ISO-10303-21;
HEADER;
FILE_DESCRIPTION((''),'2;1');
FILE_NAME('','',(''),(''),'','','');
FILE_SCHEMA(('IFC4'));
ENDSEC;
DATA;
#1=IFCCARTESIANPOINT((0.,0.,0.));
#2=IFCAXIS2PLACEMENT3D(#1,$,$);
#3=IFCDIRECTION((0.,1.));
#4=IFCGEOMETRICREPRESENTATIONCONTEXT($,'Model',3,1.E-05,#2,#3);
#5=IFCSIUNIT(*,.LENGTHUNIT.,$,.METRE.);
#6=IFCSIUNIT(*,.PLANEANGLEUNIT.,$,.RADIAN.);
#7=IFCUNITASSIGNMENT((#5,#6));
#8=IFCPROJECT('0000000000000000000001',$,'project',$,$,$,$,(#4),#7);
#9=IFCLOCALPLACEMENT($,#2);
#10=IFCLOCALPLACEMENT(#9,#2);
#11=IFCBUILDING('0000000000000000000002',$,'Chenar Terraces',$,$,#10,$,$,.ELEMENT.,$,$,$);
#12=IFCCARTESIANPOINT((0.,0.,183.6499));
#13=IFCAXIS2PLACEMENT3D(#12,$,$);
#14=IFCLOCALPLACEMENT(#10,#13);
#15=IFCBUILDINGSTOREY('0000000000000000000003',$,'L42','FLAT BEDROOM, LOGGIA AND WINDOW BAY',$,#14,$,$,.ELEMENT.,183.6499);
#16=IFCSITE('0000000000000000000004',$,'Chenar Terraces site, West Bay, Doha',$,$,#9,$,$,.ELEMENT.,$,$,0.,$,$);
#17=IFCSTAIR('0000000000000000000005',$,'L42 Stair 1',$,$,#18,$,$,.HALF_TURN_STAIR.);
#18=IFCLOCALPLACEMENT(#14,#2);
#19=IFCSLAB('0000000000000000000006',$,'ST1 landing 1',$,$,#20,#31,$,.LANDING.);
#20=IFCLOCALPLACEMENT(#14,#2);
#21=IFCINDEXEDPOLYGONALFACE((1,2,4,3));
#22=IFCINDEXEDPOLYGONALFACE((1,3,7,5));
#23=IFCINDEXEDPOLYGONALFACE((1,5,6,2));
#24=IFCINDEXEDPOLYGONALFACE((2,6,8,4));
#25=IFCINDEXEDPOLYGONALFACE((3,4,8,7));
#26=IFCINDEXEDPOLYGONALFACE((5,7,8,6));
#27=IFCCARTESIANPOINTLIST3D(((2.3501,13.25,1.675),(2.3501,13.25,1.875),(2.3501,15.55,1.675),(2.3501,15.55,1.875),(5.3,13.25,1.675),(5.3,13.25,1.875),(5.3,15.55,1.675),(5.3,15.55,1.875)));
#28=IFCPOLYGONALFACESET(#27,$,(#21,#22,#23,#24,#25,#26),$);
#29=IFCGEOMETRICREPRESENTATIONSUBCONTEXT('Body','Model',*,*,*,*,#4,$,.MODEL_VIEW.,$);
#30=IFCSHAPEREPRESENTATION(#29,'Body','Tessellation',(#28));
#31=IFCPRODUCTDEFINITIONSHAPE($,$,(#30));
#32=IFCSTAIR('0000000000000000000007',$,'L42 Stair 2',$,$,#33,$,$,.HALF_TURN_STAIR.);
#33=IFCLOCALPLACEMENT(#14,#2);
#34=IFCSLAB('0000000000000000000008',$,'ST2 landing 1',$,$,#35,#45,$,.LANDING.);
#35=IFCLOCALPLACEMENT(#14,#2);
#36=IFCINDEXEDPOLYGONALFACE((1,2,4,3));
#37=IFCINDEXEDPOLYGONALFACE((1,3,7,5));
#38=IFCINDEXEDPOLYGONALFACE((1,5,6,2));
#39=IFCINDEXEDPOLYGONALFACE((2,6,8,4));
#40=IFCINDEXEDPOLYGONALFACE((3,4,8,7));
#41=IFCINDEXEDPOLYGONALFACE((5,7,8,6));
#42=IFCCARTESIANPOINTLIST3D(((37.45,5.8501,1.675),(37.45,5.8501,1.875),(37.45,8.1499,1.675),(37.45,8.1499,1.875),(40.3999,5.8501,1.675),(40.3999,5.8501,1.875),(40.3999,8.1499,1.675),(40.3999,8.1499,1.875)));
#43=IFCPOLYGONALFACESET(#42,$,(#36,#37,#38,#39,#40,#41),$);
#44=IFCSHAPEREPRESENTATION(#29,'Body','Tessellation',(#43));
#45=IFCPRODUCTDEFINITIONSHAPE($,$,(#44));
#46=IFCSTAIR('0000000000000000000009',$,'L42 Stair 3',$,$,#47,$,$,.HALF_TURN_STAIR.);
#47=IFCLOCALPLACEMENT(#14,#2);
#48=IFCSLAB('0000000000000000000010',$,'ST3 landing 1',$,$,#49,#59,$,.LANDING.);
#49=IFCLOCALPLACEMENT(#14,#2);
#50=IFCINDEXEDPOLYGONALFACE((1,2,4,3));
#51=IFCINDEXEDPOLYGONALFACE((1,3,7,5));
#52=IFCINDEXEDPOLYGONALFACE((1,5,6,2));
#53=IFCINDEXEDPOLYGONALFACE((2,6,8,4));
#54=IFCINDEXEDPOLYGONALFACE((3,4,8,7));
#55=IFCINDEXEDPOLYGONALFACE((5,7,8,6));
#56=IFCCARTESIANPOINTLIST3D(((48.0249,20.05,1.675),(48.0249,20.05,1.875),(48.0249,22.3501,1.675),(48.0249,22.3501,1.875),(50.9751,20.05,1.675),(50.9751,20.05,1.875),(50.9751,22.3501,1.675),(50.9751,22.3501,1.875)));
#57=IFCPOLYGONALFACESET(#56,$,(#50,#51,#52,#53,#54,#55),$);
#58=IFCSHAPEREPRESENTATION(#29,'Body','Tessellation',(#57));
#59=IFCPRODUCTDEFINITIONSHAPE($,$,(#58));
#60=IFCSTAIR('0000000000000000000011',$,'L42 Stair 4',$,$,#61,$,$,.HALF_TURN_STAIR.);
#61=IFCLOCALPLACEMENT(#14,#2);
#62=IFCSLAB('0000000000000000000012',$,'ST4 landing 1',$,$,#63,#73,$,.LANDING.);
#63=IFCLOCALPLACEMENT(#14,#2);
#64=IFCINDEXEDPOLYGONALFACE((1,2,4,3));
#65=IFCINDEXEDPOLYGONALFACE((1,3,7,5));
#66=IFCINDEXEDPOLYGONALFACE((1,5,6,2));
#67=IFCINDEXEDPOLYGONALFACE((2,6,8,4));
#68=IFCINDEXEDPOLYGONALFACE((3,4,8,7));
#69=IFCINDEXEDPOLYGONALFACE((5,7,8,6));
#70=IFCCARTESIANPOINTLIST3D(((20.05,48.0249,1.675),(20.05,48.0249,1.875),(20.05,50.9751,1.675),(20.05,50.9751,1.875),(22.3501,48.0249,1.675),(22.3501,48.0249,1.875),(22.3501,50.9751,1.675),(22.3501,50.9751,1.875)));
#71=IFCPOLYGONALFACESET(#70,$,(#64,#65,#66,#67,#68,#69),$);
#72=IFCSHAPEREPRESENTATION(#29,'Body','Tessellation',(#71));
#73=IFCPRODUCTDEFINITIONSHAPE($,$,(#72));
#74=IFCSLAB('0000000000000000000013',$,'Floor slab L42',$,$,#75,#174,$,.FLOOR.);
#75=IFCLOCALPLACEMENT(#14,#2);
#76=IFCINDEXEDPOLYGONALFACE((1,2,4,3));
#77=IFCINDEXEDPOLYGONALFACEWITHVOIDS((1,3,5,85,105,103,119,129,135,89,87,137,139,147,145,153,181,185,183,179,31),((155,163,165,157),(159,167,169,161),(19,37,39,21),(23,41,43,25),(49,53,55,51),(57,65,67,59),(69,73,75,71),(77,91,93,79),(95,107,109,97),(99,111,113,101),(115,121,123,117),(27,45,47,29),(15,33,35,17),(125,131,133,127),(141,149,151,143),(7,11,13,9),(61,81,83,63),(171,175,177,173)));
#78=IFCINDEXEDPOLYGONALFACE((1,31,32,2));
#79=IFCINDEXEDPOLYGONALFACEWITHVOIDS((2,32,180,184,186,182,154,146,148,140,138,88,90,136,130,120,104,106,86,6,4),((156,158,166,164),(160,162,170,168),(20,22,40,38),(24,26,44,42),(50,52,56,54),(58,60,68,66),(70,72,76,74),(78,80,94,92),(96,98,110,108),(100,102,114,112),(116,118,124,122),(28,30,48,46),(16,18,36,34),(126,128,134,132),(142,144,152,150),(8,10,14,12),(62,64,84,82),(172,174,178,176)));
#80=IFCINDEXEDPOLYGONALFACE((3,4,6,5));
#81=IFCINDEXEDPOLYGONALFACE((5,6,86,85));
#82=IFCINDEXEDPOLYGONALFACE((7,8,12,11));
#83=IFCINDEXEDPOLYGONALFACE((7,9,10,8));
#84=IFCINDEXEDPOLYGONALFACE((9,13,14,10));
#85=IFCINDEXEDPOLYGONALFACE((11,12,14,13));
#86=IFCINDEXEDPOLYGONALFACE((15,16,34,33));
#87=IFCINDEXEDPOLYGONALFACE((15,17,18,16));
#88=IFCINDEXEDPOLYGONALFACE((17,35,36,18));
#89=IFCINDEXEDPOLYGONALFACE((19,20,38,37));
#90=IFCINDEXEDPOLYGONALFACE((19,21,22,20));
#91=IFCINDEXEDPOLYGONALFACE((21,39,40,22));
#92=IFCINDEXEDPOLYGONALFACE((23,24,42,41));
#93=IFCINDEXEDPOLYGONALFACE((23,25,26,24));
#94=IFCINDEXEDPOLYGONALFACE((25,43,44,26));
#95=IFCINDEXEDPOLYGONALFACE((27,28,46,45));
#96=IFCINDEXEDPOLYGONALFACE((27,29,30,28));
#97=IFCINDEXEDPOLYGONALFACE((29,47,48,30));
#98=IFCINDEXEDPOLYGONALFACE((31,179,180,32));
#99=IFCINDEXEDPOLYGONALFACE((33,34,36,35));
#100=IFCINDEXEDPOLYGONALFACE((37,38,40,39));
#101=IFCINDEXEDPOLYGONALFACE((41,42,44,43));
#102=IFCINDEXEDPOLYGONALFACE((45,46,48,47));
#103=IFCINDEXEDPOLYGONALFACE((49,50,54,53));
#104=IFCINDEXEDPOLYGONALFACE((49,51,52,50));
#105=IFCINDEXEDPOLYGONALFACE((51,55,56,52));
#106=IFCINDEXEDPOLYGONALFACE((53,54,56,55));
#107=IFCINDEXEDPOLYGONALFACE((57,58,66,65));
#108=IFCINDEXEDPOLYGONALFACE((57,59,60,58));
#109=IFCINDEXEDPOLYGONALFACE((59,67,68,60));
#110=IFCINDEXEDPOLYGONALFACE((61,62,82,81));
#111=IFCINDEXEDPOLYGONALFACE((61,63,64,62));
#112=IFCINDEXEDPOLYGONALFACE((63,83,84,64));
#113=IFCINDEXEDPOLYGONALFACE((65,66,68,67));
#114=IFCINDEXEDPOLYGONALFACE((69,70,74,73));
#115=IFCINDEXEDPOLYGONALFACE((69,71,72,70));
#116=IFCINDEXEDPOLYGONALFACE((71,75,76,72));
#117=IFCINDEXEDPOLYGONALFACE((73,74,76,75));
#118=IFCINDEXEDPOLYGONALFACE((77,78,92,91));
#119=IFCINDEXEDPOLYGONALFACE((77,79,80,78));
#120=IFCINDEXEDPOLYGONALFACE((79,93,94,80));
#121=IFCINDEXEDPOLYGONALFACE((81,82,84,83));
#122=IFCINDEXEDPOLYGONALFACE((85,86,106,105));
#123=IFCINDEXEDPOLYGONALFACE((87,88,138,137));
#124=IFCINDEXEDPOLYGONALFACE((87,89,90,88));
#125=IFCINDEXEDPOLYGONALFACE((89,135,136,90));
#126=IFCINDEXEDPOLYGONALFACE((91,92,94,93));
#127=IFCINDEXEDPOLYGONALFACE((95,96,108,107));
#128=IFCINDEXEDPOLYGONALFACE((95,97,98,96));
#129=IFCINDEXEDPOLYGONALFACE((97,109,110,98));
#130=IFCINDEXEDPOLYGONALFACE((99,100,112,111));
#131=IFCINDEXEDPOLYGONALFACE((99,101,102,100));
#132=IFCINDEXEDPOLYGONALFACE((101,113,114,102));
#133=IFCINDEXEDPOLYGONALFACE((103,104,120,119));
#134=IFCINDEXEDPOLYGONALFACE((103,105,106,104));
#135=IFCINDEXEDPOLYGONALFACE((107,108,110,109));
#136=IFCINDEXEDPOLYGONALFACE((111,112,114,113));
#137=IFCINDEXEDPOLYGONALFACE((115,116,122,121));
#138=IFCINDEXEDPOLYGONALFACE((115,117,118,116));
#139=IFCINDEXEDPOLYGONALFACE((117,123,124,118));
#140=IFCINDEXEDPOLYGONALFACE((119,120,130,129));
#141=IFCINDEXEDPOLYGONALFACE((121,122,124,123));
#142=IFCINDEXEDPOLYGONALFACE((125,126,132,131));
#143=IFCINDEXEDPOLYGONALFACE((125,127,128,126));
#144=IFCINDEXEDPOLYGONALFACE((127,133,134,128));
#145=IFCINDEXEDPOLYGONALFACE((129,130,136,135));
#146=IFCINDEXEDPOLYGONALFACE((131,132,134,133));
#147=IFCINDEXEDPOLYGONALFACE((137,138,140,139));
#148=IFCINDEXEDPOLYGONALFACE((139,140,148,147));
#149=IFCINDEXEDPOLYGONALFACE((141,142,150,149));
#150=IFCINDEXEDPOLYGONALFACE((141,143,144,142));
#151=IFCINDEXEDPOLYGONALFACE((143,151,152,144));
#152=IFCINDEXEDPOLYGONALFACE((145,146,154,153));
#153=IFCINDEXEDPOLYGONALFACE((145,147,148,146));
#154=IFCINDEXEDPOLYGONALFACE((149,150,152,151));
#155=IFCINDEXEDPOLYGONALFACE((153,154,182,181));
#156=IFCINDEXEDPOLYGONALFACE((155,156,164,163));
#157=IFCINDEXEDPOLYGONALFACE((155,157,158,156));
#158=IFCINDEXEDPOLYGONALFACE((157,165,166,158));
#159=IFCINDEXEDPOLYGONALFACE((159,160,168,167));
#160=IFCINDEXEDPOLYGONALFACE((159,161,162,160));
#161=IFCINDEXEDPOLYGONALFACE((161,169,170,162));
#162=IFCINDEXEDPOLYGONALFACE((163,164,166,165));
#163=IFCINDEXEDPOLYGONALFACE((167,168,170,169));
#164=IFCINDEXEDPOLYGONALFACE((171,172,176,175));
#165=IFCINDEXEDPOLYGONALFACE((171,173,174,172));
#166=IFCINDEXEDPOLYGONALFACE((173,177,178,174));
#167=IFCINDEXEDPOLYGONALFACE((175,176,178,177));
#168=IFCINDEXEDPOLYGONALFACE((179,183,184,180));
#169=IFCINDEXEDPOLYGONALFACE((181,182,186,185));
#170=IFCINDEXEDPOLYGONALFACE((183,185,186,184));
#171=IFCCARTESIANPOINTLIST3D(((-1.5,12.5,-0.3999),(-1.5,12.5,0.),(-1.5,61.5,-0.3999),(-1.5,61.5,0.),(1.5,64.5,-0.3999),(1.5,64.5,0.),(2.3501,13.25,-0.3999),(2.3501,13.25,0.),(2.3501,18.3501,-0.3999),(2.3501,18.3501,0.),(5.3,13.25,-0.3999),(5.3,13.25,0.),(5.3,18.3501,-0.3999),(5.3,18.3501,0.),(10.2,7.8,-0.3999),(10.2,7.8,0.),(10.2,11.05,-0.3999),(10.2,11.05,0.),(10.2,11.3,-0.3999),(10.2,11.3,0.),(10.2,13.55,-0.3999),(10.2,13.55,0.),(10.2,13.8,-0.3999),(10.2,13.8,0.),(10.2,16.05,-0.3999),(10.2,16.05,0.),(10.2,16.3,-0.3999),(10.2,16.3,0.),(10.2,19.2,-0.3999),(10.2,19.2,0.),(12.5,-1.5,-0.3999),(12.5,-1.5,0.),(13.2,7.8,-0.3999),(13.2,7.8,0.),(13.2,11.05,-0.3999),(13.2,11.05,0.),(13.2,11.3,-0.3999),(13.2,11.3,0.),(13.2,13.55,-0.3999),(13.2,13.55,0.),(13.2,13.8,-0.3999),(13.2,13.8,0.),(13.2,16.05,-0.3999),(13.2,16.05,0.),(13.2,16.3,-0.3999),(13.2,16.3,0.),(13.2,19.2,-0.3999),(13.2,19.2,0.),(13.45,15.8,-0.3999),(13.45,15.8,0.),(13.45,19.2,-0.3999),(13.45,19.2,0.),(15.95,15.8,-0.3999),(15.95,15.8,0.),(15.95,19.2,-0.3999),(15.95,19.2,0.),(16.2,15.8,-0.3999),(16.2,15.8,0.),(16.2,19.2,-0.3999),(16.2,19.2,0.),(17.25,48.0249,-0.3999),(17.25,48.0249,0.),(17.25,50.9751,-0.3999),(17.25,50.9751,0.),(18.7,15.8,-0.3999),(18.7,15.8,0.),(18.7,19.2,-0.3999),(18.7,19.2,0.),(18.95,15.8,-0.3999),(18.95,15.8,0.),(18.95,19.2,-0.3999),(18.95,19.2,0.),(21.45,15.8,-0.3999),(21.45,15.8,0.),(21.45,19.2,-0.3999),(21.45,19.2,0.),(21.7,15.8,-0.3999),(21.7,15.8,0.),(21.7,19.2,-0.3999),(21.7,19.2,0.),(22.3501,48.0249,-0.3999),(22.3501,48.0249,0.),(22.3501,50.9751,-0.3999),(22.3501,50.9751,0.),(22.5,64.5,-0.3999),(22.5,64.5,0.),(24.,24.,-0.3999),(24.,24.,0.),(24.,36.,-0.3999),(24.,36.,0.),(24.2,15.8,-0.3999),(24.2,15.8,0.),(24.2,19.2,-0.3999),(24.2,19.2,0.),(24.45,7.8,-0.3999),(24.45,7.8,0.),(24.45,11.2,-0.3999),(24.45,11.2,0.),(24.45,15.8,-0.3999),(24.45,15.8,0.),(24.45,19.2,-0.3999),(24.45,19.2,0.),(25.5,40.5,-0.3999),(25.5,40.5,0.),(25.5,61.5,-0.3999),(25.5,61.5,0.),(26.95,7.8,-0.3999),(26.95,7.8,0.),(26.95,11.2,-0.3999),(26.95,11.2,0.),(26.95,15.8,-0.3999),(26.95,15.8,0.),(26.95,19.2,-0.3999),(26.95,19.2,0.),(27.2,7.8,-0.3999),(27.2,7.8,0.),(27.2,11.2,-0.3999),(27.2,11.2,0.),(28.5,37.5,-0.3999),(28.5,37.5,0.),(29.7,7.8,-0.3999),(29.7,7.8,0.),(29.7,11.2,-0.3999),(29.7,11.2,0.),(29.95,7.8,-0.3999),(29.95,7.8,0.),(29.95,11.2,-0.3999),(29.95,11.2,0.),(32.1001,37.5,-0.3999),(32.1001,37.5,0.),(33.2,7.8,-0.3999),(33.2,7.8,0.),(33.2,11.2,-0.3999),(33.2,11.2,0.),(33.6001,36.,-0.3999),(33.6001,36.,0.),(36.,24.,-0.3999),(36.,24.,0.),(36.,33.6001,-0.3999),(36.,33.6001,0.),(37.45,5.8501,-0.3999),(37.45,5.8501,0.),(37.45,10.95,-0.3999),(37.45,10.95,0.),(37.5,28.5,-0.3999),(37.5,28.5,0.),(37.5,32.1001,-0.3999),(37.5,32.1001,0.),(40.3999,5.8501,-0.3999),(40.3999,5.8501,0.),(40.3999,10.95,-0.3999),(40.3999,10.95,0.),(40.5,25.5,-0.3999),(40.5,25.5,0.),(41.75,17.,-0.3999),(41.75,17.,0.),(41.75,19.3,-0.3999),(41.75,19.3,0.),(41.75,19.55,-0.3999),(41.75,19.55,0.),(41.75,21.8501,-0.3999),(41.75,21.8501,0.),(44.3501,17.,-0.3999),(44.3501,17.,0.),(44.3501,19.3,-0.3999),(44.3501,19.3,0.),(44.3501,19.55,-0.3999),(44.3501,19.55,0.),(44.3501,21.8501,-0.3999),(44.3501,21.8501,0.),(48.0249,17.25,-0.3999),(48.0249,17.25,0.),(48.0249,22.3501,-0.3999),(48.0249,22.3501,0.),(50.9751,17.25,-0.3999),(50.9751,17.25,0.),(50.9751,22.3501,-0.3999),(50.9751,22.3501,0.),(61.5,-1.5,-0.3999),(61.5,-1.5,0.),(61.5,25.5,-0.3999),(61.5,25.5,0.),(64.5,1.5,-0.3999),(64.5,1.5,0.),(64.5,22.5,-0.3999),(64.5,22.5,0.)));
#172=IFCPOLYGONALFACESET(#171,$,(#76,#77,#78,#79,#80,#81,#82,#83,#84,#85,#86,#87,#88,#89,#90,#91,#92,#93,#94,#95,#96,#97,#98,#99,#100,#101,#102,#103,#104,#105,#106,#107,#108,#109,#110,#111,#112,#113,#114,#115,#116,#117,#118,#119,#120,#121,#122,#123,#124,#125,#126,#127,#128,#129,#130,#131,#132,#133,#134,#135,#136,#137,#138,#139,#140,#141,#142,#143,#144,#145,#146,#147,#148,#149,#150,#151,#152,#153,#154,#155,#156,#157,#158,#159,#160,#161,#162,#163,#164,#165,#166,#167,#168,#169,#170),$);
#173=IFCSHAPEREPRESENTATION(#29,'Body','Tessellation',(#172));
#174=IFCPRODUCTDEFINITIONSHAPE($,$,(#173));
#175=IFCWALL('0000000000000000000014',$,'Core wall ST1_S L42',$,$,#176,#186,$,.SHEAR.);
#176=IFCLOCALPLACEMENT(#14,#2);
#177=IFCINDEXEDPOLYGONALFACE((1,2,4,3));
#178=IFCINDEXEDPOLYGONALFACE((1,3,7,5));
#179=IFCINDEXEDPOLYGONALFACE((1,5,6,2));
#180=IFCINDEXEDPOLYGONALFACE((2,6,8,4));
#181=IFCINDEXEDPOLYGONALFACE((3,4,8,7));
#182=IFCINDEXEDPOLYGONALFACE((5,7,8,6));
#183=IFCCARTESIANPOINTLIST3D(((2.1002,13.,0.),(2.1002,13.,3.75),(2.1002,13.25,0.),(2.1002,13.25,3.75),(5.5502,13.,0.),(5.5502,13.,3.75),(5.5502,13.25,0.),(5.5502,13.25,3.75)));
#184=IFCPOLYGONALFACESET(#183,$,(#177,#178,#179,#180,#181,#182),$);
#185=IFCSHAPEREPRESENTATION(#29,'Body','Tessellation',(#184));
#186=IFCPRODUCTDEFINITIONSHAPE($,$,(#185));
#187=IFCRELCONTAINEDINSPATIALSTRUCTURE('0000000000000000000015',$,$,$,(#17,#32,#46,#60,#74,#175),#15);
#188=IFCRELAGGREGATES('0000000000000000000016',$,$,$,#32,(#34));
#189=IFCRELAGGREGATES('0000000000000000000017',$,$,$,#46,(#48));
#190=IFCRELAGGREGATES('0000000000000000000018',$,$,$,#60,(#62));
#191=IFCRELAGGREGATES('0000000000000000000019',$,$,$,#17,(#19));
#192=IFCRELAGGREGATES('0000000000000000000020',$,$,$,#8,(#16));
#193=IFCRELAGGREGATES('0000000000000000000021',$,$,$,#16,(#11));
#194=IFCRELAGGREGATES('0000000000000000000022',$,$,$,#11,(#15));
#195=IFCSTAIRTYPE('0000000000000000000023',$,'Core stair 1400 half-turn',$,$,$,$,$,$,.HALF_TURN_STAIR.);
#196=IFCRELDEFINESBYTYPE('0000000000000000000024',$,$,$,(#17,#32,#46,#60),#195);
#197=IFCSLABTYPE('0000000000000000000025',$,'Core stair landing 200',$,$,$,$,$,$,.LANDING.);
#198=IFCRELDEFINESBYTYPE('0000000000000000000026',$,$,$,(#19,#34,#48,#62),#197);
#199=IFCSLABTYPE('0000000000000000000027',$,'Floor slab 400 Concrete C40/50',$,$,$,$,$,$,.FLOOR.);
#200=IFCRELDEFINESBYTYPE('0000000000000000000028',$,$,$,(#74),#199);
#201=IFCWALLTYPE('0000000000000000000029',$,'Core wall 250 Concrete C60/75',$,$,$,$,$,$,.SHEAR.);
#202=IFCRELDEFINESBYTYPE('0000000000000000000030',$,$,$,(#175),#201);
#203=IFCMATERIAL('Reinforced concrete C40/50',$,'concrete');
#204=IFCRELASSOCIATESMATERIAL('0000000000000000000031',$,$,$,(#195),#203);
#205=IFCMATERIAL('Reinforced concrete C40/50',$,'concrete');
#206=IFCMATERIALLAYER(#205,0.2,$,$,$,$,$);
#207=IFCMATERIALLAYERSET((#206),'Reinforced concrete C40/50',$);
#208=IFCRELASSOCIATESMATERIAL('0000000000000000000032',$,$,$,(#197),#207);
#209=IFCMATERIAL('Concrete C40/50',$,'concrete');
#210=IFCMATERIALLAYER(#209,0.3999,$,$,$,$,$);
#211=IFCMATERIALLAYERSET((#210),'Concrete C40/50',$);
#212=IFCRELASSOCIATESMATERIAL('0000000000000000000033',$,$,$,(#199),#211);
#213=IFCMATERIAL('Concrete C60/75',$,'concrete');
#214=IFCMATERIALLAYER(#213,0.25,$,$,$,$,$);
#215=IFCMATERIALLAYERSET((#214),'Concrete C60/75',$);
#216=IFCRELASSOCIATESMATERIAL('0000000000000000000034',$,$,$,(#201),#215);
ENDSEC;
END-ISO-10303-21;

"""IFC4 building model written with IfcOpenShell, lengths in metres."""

from ifc_helpers import new_model, si_unit, direction, frame, frame_2d, origin, place, context, subcontext, project, spatial, polyline, rectangle, outline, extrude, material, layer, layer_set, type_object, element, aggregate, save


model = new_model("IFC4")

# Units and contexts
model_context = context("Model", 3, precision=1e-05, world=origin(), true_north=direction((0.0, 1.0)))
body_context = subcontext(model_context, "Body", "Model", "MODEL_VIEW")
ifc_project = project(units=[si_unit("LENGTHUNIT", "METRE"), si_unit("PLANEANGLEUNIT", "RADIAN")], contexts=[model_context])

# Site, building, storey
site_placement = place(None, origin())
site = spatial("IfcSite", under=ifc_project, at=site_placement, Name="Chenar Terraces site, West Bay, Doha", CompositionType="ELEMENT", RefElevation=0.0)
building_placement = place(site_placement, origin())
building = spatial("IfcBuilding", under=site, at=building_placement, Name="Chenar Terraces", CompositionType="ELEMENT")
storey_placement = place(building_placement, frame((0.0, 0.0, 183.6499)))
storey = spatial("IfcBuildingStorey", under=building, at=storey_placement, Name="L42", Description="FLAT BEDROOM, LOGGIA AND WINDOW BAY", CompositionType="ELEMENT", Elevation=183.6499)

# Stairs, slabs
ifc_material_1 = material(Name="Reinforced concrete C40/50", Category="concrete")
stair_type = type_object("IfcStairType", Name="Core stair 1400 half-turn", PredefinedType="HALF_TURN_STAIR", material=ifc_material_1)
placement_1 = place(storey_placement, origin())
stair_1 = element("IfcStair", 1, at=placement_1, inside=storey, type_object=stair_type, Name="L42 Stair 1", PredefinedType="HALF_TURN_STAIR")
ifc_material_2 = material(Name="Reinforced concrete C40/50", Category="concrete")
ifc_layer_1 = layer(ifc_material_2, 0.2)
ifc_layer_set_1 = layer_set([ifc_layer_1], Name="Reinforced concrete C40/50")
slab_type_1 = type_object("IfcSlabType", Name="Core stair landing 200", PredefinedType="LANDING", material=ifc_layer_set_1)
placement_2 = place(storey_placement, frame((0.0, 0.0, 1.675)))
slab_1 = element("IfcSlab", 2, at=placement_2, type_object=slab_type_1, Name="ST1 landing 1", PredefinedType="LANDING", context=body_context, shape_type="SweptSolid", body=[
    extrude(outline(polyline([(2.3501, 15.55), (2.3501, 13.25), (5.3, 13.25), (5.3, 15.55), (2.3501, 15.55)])), origin(), (0.0, 0.0, 1.0), 0.2),
])
stair_2 = element("IfcStair", 3, at=placement_1, inside=storey, type_object=stair_type, Name="L42 Stair 2", PredefinedType="HALF_TURN_STAIR")
slab_2 = element("IfcSlab", 4, at=placement_2, type_object=slab_type_1, Name="ST2 landing 1", PredefinedType="LANDING", context=body_context, shape_type="SweptSolid", body=[
    extrude(outline(polyline([(37.45, 8.1499), (37.45, 5.8501), (40.3999, 5.8501), (40.3999, 8.1499), (37.45, 8.1499)])), origin(), (0.0, 0.0, 1.0), 0.2),
])
aggregate(stair_2, [slab_2])
stair_3 = element("IfcStair", 5, at=placement_1, inside=storey, type_object=stair_type, Name="L42 Stair 3", PredefinedType="HALF_TURN_STAIR")
slab_3 = element("IfcSlab", 6, at=placement_2, type_object=slab_type_1, Name="ST3 landing 1", PredefinedType="LANDING", context=body_context, shape_type="SweptSolid", body=[
    extrude(outline(polyline([(50.9751, 20.05), (50.9751, 22.3501), (48.0249, 22.3501), (48.0249, 20.05), (50.9751, 20.05)])), origin(), (0.0, 0.0, 1.0), 0.2),
])
aggregate(stair_3, [slab_3])
stair_4 = element("IfcStair", 7, at=placement_1, inside=storey, type_object=stair_type, Name="L42 Stair 4", PredefinedType="HALF_TURN_STAIR")
slab_4 = element("IfcSlab", 8, at=placement_2, type_object=slab_type_1, Name="ST4 landing 1", PredefinedType="LANDING", context=body_context, shape_type="SweptSolid", body=[
    extrude(outline(polyline([(20.05, 48.0249), (22.3501, 48.0249), (22.3501, 50.9751), (20.05, 50.9751), (20.05, 48.0249)])), origin(), (0.0, 0.0, 1.0), 0.2),
])
aggregate(stair_4, [slab_4])

# Slab
ifc_material_3 = material(Name="Concrete C40/50", Category="concrete")
ifc_layer_2 = layer(ifc_material_3, 0.3999)
ifc_layer_set_2 = layer_set([ifc_layer_2], Name="Concrete C40/50")
slab_type_2 = type_object("IfcSlabType", Name="Floor slab 400 Concrete C40/50", PredefinedType="FLOOR", material=ifc_layer_set_2)
slab_5_placement = place(storey_placement, frame((0.0, 0.0, -0.3999)))
element("IfcSlab", 9, at=slab_5_placement, inside=storey, type_object=slab_type_2, Name="Floor slab L42", PredefinedType="FLOOR", context=body_context, shape_type="SweptSolid", body=[
    extrude(outline(polyline([(64.5, 22.5), (64.5, 1.5), (61.5, -1.5), (12.5, -1.5), (-1.5, 12.5), (-1.5, 61.5), (1.5, 64.5), (22.5, 64.5), (25.5, 61.5), (25.5, 40.5), (28.5, 37.5), (32.1001, 37.5), (33.6001, 36.0), (24.0, 36.0), (24.0, 24.0), (36.0, 24.0), (36.0, 33.6001), (37.5, 32.1001), (37.5, 28.5), (40.5, 25.5), (61.5, 25.5), (64.5, 22.5)]), holes=[polyline([(13.2, 11.05), (10.2, 11.05), (10.2, 7.8), (13.2, 7.8), (13.2, 11.05)]), polyline([(13.2, 13.55), (10.2, 13.55), (10.2, 11.3), (13.2, 11.3), (13.2, 13.55)]), polyline([(13.2, 16.05), (10.2, 16.05), (10.2, 13.8), (13.2, 13.8), (13.2, 16.05)]), polyline([(2.3501, 13.25), (5.3, 13.25), (5.3, 18.3501), (2.3501, 18.3501), (2.3501, 13.25)]), polyline([(15.95, 19.2), (13.45, 19.2), (13.45, 15.8), (15.95, 15.8), (15.95, 19.2)]), polyline([(18.7, 19.2), (16.2, 19.2), (16.2, 15.8), (18.7, 15.8), (18.7, 19.2)]), polyline([(21.45, 19.2), (18.95, 19.2), (18.95, 15.8), (21.45, 15.8), (21.45, 19.2)]), polyline([(24.2, 15.8), (24.2, 19.2), (21.7, 19.2), (21.7, 15.8), (24.2, 15.8)]), polyline([(13.2, 16.3), (13.2, 19.2), (10.2, 19.2), (10.2, 16.3), (13.2, 16.3)]), polyline([(22.3501, 48.0249), (22.3501, 50.9751), (17.25, 50.9751), (17.25, 48.0249), (22.3501, 48.0249)]), polyline([(37.45, 5.8501), (40.3999, 5.8501), (40.3999, 10.95), (37.45, 10.95), (37.45, 5.8501)]), polyline([(26.95, 11.2), (24.45, 11.2), (24.45, 7.8), (26.95, 7.8), (26.95, 11.2)]), polyline([(29.7, 7.8), (29.7, 11.2), (27.2, 11.2), (27.2, 7.8), (29.7, 7.8)]), polyline([(33.2, 7.8), (33.2, 11.2), (29.95, 11.2), (29.95, 7.8), (33.2, 7.8)]), polyline([(26.95, 19.2), (24.45, 19.2), (24.45, 15.8), (26.95, 15.8), (26.95, 19.2)]), polyline([(44.3501, 19.3), (41.75, 19.3), (41.75, 17.0), (44.3501, 17.0), (44.3501, 19.3)]), polyline([(50.9751, 22.3501), (48.0249, 22.3501), (48.0249, 17.25), (50.9751, 17.25), (50.9751, 22.3501)]), polyline([(44.3501, 19.55), (44.3501, 21.8501), (41.75, 21.8501), (41.75, 19.55), (44.3501, 19.55)])]), origin(), (0.0, 0.0, 1.0), 0.3999),
])

# Wall
ifc_material_4 = material(Name="Concrete C60/75", Category="concrete")
ifc_layer_3 = layer(ifc_material_4, 0.25)
ifc_layer_set_3 = layer_set([ifc_layer_3], Name="Concrete C60/75")
wall_type_1 = type_object("IfcWallType", Name="Core wall 250 Concrete C60/75", PredefinedType="SHEAR", material=ifc_layer_set_3)
wall_1_placement = place(storey_placement, frame((2.1001, 13.125, 0.0), z_axis=(0.0, 0.0, 1.0), x_axis=(1.0, 0.0, 0.0)))
element("IfcWall", 10, at=wall_1_placement, inside=storey, type_object=wall_type_1, Name="Core wall ST1_S L42", PredefinedType="SHEAR", context=body_context, shape_type="SweptSolid", body=[
    extrude(rectangle(XDim=3.45, YDim=0.25, at=frame_2d((1.7251, 0.0))), origin(), (0.0, 0.0, 1.0), 3.75),
])

aggregate(stair_1, [slab_1])

save(model, "model.ifc")
